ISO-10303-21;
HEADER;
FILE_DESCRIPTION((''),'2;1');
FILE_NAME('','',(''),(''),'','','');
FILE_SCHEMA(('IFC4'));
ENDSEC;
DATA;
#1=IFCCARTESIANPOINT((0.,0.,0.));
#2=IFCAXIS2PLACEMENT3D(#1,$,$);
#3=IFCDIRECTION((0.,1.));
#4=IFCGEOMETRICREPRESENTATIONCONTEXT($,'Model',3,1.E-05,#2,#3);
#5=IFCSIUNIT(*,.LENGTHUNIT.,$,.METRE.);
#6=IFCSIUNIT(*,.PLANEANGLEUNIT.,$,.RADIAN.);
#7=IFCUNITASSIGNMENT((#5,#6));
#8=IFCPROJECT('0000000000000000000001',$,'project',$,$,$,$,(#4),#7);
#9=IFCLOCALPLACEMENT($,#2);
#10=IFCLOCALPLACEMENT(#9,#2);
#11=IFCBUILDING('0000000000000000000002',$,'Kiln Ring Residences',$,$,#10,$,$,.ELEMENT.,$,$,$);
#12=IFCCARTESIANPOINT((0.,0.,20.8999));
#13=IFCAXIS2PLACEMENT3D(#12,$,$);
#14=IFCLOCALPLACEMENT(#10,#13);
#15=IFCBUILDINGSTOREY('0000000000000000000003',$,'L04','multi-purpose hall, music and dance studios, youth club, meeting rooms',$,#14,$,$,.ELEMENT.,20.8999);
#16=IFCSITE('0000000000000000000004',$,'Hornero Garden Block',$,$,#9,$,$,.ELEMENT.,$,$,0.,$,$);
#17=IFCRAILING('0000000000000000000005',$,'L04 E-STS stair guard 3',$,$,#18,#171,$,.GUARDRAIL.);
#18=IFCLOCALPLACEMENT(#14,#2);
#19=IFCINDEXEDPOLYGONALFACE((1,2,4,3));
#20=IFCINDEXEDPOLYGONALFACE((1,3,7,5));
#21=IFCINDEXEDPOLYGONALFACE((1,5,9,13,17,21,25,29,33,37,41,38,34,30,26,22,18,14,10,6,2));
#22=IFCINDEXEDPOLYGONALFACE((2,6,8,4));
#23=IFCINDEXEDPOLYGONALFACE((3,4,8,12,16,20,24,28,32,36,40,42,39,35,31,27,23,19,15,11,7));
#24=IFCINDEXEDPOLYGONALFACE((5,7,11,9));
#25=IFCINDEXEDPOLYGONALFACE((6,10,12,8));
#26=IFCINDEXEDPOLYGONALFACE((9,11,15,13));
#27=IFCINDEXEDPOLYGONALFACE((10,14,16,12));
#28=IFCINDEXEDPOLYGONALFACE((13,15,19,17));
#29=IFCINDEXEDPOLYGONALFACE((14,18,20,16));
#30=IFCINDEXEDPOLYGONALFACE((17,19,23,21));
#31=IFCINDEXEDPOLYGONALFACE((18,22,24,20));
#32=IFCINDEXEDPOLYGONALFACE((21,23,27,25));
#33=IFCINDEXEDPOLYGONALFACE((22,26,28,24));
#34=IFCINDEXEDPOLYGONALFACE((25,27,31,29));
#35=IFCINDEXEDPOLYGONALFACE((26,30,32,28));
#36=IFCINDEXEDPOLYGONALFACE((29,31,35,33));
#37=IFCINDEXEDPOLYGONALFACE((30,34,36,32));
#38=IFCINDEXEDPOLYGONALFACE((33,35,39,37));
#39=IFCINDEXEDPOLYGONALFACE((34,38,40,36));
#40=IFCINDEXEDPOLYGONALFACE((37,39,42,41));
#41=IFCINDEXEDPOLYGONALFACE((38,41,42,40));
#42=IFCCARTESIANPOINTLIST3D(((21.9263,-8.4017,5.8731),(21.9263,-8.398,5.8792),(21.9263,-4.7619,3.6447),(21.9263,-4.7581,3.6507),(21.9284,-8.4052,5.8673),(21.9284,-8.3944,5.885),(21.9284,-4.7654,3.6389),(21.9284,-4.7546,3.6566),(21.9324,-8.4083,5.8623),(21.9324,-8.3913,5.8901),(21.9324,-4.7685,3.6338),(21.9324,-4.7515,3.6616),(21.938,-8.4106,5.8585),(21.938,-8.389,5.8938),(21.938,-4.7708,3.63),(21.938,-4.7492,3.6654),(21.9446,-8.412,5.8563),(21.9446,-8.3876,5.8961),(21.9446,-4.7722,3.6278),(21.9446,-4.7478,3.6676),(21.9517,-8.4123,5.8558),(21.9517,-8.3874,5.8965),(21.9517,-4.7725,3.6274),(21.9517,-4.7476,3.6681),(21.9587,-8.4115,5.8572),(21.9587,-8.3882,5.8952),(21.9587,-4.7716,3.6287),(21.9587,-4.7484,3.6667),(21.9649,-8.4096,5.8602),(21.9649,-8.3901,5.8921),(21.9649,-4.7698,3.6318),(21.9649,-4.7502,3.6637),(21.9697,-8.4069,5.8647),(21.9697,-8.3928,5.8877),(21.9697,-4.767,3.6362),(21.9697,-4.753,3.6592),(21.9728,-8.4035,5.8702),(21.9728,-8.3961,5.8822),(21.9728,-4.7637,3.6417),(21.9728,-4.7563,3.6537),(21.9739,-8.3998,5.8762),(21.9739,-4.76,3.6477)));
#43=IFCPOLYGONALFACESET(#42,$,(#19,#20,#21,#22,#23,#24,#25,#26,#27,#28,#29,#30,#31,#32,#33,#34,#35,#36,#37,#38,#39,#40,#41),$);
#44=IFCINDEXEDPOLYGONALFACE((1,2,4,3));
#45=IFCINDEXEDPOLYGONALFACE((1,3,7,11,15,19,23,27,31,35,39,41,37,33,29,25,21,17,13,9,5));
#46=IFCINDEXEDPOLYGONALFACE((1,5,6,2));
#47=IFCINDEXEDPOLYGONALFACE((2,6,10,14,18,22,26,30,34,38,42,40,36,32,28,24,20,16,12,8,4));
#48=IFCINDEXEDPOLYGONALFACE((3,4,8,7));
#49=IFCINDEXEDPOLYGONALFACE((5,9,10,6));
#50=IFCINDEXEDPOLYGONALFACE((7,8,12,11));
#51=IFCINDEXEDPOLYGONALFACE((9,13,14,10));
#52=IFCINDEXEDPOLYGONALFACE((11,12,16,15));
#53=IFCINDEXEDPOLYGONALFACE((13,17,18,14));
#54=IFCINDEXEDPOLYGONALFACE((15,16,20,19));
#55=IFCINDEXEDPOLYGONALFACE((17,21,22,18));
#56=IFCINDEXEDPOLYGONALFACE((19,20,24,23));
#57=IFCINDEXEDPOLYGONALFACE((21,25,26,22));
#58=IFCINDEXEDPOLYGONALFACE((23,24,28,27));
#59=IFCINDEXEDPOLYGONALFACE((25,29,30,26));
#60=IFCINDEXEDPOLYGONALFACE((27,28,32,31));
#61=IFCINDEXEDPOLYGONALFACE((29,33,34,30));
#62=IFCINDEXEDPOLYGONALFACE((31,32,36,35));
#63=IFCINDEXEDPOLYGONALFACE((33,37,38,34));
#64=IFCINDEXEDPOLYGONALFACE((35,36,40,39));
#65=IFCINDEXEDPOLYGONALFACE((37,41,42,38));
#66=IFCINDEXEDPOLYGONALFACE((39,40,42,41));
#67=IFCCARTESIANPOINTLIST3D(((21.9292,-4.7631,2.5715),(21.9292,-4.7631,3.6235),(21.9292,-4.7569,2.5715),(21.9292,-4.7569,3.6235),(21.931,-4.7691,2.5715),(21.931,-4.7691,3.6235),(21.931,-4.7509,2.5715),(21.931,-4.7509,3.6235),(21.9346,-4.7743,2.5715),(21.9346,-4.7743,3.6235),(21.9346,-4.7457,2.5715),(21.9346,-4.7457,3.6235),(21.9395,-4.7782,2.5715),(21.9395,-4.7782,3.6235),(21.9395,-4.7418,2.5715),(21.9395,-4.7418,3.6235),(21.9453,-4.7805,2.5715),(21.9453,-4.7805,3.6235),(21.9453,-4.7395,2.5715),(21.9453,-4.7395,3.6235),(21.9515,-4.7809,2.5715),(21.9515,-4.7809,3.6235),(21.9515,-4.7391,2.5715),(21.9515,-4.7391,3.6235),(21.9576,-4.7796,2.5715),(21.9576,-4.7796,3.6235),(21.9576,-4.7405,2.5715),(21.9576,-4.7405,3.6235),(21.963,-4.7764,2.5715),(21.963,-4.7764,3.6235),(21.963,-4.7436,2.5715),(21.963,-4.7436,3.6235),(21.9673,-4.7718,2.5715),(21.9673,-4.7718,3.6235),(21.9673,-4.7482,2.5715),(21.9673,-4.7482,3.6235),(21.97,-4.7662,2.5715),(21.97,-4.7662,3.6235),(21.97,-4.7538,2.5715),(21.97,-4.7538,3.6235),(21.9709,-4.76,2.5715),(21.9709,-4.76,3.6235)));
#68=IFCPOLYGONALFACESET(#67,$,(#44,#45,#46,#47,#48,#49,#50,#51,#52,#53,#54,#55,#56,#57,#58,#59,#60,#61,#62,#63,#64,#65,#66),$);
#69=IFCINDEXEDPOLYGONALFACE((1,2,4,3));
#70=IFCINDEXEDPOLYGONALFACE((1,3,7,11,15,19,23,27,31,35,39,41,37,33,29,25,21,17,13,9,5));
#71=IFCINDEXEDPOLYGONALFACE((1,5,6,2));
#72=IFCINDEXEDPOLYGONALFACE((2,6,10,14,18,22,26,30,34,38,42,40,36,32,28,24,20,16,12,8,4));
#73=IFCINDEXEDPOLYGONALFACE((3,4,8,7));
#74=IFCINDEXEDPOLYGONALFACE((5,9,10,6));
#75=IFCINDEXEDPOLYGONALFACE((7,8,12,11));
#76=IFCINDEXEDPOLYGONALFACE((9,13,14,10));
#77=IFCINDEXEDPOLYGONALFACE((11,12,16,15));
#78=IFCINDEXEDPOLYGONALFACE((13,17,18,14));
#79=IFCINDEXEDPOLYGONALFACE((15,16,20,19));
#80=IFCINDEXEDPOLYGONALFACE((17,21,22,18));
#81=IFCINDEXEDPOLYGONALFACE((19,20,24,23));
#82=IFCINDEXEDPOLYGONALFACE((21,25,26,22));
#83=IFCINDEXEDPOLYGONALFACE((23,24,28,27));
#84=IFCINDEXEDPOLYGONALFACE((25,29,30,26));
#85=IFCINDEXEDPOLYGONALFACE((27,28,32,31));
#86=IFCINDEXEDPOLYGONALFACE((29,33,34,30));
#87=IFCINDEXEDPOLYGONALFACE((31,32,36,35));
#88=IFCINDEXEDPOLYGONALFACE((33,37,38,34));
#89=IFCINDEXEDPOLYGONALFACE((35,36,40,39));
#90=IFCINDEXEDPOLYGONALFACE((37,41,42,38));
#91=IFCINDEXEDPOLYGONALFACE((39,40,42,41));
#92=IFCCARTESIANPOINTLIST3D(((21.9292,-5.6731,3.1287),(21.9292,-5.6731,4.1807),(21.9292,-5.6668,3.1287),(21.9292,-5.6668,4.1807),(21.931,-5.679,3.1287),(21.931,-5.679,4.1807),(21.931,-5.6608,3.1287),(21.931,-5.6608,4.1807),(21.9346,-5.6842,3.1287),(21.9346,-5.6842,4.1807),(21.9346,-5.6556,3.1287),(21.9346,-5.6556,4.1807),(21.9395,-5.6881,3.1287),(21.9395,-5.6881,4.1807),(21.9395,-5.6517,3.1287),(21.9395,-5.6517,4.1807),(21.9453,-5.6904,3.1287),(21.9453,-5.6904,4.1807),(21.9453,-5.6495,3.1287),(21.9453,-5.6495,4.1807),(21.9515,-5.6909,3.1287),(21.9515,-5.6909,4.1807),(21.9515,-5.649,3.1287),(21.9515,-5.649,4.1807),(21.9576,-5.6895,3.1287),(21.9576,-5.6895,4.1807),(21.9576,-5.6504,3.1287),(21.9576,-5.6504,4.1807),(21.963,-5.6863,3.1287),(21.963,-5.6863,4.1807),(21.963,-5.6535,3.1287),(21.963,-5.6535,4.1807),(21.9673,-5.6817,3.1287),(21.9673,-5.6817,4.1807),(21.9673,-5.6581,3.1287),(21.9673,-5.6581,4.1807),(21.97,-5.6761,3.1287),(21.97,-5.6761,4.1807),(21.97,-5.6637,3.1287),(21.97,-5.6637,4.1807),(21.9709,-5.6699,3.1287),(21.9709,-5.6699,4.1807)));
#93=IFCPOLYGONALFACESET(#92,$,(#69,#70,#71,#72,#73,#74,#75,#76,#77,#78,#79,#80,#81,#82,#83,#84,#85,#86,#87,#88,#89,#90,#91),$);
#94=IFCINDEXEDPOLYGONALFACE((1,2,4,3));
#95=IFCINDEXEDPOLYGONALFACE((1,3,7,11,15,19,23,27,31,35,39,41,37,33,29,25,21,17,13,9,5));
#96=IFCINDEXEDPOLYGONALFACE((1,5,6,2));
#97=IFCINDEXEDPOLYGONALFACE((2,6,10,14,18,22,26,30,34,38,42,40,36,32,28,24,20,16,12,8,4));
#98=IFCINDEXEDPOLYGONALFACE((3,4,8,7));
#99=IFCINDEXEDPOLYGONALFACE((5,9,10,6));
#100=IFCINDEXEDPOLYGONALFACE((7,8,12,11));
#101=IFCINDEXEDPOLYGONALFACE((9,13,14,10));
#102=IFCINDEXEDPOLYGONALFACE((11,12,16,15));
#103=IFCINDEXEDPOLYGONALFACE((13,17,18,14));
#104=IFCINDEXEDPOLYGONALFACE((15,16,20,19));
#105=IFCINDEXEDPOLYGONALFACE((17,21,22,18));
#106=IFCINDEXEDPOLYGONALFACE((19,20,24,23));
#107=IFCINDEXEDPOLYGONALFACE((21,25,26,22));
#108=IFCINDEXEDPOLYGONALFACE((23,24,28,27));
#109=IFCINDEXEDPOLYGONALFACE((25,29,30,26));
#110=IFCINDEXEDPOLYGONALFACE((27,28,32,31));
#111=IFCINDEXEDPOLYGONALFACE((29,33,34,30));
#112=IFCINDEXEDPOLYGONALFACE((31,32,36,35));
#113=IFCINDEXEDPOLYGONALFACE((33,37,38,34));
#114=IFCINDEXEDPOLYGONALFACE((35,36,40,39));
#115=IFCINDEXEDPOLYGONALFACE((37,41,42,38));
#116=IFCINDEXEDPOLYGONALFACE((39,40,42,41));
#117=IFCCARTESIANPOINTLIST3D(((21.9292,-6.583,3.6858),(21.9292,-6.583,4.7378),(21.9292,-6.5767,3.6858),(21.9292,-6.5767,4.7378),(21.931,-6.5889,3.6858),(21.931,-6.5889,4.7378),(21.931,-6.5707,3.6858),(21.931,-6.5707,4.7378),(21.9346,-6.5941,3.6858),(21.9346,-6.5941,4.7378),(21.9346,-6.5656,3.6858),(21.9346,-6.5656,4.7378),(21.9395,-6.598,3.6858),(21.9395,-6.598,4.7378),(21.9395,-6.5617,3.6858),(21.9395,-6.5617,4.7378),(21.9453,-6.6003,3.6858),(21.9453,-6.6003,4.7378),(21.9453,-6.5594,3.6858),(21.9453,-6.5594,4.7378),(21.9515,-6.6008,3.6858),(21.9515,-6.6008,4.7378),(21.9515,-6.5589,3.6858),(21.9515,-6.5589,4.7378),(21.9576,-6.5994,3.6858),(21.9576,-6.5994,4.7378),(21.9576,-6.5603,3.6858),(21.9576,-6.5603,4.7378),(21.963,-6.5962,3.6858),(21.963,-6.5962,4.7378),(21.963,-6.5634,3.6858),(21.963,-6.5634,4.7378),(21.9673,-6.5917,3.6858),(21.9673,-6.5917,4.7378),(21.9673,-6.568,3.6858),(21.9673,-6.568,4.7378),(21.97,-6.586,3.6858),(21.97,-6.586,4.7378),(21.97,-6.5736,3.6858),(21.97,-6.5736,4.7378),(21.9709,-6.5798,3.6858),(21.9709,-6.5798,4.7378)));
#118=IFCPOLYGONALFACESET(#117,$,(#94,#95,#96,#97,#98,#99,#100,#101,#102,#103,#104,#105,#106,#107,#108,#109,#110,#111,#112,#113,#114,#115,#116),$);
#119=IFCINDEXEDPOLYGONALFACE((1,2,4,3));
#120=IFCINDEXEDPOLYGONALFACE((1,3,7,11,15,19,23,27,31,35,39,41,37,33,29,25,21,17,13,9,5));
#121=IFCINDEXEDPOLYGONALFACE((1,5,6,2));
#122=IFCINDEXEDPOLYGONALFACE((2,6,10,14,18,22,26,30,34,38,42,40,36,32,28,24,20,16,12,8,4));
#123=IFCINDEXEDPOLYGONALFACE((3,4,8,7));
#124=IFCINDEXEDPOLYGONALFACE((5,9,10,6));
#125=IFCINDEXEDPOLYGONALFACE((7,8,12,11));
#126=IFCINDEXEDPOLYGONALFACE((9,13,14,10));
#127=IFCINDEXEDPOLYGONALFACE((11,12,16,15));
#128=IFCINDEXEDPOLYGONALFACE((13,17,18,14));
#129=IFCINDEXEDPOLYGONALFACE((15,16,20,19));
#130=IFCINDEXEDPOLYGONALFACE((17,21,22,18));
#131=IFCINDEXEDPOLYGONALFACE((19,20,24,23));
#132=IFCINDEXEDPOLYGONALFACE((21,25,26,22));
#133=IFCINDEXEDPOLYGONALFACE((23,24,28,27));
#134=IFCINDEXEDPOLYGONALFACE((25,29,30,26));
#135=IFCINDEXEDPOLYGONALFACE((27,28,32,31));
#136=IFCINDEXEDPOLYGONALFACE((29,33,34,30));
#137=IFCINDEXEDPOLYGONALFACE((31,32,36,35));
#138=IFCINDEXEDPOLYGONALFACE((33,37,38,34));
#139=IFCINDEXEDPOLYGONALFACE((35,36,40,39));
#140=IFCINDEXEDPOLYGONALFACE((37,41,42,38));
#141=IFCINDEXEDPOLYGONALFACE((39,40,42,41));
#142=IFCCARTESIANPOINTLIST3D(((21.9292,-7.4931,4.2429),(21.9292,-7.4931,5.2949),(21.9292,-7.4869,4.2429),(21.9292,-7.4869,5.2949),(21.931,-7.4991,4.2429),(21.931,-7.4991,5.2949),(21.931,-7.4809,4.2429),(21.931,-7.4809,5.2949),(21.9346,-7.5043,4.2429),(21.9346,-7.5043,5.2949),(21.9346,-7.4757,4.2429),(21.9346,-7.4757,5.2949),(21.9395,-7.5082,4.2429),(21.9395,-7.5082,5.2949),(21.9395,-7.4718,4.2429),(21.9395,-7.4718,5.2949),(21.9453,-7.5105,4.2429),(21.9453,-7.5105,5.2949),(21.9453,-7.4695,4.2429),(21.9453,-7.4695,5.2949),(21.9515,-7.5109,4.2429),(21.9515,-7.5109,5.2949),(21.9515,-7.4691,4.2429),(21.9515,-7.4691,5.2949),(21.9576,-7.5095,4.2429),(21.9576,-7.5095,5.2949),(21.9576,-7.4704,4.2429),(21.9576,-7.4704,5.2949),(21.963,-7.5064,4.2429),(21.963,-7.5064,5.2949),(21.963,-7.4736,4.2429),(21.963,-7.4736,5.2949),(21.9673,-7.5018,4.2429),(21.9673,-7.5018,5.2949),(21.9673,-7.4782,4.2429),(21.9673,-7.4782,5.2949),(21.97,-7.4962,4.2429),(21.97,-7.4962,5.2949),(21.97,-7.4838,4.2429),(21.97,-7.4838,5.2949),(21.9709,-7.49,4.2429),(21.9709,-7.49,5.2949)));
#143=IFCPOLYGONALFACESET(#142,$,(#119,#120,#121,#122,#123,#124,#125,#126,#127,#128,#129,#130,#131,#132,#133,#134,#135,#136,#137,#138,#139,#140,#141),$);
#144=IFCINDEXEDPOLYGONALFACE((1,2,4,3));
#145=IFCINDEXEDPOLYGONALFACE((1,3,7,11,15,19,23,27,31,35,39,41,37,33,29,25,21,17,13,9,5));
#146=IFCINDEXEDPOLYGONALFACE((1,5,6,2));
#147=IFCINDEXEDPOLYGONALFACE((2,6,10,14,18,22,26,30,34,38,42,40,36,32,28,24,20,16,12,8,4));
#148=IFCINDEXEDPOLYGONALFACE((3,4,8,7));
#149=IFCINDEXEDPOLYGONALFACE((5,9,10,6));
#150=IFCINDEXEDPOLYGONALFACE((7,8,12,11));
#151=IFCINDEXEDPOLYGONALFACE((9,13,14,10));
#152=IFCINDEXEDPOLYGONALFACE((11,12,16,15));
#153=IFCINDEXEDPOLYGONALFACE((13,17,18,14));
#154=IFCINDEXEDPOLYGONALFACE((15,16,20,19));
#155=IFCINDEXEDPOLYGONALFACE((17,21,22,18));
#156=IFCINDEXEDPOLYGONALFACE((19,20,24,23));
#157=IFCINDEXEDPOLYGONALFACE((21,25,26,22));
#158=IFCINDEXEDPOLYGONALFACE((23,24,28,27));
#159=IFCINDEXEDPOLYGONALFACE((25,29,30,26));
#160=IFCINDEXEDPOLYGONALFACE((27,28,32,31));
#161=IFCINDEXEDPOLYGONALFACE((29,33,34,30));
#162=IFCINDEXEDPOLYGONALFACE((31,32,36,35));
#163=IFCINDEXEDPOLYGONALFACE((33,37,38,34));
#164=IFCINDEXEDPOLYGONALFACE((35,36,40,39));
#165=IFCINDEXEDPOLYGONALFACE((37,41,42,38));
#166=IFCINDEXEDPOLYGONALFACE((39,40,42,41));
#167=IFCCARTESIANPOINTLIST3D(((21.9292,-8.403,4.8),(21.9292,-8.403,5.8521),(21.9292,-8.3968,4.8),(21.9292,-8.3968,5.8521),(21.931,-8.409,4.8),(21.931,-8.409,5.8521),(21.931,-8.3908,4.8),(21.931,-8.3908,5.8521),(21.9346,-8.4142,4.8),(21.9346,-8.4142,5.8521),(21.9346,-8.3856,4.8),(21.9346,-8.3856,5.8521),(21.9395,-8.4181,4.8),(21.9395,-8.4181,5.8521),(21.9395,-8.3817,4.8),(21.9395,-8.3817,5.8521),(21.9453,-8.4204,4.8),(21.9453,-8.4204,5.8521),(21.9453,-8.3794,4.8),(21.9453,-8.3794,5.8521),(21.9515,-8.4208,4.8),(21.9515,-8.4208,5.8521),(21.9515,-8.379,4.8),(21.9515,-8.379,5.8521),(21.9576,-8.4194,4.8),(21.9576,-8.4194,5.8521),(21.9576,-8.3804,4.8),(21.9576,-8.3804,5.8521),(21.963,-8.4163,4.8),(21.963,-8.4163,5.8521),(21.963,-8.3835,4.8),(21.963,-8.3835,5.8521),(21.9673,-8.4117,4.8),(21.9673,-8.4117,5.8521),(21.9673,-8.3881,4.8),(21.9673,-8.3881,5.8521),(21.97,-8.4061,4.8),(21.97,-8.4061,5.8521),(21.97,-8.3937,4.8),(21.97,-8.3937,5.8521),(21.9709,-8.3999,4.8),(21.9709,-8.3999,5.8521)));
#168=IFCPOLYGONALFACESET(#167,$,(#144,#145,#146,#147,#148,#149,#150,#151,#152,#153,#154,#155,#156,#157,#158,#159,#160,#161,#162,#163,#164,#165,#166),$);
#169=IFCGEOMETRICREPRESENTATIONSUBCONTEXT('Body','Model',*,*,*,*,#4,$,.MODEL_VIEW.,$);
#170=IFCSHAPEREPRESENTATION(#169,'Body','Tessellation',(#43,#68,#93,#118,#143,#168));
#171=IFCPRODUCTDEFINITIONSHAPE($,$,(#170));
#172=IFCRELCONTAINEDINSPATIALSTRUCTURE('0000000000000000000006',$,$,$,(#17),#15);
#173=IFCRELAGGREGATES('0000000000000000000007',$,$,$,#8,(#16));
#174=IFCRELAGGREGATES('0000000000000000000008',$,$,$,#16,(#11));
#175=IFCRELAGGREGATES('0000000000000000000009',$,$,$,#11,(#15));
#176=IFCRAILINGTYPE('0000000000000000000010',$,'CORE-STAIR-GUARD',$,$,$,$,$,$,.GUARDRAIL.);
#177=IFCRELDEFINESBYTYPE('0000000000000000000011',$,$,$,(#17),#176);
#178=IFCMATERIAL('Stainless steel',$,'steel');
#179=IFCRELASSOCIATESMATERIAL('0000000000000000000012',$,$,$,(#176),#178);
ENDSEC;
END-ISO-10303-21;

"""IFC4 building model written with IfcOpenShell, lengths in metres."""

from ifc_helpers import new_model, si_unit, direction, frame, origin, origin_2d, place, context, subcontext, project, spatial, circle, extrude, material, type_object, element, save


model = new_model("IFC4")

# Units and contexts
model_context = context("Model", 3, precision=1e-05, world=origin(), true_north=direction((0.0, 1.0)))
body_context = subcontext(model_context, "Body", "Model", "MODEL_VIEW")
ifc_project = project(units=[si_unit("LENGTHUNIT", "METRE"), si_unit("PLANEANGLEUNIT", "RADIAN")], contexts=[model_context])

# Site, building, storey
site_placement = place(None, origin())
site = spatial("IfcSite", under=ifc_project, at=site_placement, Name="Hornero Garden Block", CompositionType="ELEMENT", RefElevation=0.0)
building_placement = place(site_placement, origin())
building = spatial("IfcBuilding", under=site, at=building_placement, Name="Kiln Ring Residences", CompositionType="ELEMENT")
storey_placement = place(building_placement, frame((0.0, 0.0, 20.8999)))
storey = spatial("IfcBuildingStorey", under=building, at=storey_placement, Name="L04", Description="multi-purpose hall, music and dance studios, youth club, meeting rooms", CompositionType="ELEMENT", Elevation=20.8999)

# Railing
ifc_material_1 = material(Name="Stainless steel", Category="steel")
railing_type_1 = type_object("IfcRailingType", Name="CORE-STAIR-GUARD", PredefinedType="GUARDRAIL", material=ifc_material_1)
railing_1_placement = place(storey_placement, frame((21.95, -4.76, 2.5715)))
element("IfcRailing", 1, at=railing_1_placement, inside=storey, type_object=railing_type_1, Name="L04 E-STS stair guard 3", PredefinedType="GUARDRAIL", context=body_context, shape_type="SweptSolid", body=[
    extrude(circle(Radius=0.0239, at=origin_2d()), frame((0.0, 0.0, 1.0762), z_axis=(0.0, -0.85285, 0.522156), x_axis=(1.0, 0.0, 0.0)), (0.0, 0.0, 1.0), 4.2678),
    extrude(circle(Radius=0.021, at=origin_2d()), origin(), (0.0, 0.0, 1.0), 1.052),
    extrude(circle(Radius=0.021, at=origin_2d()), frame((0.0, -0.9099, 0.5571)), (0.0, 0.0, 1.0), 1.052),
    extrude(circle(Radius=0.021, at=origin_2d()), frame((0.0, -1.8198, 1.1143)), (0.0, 0.0, 1.0), 1.052),
    extrude(circle(Radius=0.021, at=origin_2d()), frame((0.0, -2.73, 1.6714)), (0.0, 0.0, 1.0), 1.052),
    extrude(circle(Radius=0.021, at=origin_2d()), frame((0.0, -3.6399, 2.2285)), (0.0, 0.0, 1.0), 1.052),
])

save(model, "model.ifc")
